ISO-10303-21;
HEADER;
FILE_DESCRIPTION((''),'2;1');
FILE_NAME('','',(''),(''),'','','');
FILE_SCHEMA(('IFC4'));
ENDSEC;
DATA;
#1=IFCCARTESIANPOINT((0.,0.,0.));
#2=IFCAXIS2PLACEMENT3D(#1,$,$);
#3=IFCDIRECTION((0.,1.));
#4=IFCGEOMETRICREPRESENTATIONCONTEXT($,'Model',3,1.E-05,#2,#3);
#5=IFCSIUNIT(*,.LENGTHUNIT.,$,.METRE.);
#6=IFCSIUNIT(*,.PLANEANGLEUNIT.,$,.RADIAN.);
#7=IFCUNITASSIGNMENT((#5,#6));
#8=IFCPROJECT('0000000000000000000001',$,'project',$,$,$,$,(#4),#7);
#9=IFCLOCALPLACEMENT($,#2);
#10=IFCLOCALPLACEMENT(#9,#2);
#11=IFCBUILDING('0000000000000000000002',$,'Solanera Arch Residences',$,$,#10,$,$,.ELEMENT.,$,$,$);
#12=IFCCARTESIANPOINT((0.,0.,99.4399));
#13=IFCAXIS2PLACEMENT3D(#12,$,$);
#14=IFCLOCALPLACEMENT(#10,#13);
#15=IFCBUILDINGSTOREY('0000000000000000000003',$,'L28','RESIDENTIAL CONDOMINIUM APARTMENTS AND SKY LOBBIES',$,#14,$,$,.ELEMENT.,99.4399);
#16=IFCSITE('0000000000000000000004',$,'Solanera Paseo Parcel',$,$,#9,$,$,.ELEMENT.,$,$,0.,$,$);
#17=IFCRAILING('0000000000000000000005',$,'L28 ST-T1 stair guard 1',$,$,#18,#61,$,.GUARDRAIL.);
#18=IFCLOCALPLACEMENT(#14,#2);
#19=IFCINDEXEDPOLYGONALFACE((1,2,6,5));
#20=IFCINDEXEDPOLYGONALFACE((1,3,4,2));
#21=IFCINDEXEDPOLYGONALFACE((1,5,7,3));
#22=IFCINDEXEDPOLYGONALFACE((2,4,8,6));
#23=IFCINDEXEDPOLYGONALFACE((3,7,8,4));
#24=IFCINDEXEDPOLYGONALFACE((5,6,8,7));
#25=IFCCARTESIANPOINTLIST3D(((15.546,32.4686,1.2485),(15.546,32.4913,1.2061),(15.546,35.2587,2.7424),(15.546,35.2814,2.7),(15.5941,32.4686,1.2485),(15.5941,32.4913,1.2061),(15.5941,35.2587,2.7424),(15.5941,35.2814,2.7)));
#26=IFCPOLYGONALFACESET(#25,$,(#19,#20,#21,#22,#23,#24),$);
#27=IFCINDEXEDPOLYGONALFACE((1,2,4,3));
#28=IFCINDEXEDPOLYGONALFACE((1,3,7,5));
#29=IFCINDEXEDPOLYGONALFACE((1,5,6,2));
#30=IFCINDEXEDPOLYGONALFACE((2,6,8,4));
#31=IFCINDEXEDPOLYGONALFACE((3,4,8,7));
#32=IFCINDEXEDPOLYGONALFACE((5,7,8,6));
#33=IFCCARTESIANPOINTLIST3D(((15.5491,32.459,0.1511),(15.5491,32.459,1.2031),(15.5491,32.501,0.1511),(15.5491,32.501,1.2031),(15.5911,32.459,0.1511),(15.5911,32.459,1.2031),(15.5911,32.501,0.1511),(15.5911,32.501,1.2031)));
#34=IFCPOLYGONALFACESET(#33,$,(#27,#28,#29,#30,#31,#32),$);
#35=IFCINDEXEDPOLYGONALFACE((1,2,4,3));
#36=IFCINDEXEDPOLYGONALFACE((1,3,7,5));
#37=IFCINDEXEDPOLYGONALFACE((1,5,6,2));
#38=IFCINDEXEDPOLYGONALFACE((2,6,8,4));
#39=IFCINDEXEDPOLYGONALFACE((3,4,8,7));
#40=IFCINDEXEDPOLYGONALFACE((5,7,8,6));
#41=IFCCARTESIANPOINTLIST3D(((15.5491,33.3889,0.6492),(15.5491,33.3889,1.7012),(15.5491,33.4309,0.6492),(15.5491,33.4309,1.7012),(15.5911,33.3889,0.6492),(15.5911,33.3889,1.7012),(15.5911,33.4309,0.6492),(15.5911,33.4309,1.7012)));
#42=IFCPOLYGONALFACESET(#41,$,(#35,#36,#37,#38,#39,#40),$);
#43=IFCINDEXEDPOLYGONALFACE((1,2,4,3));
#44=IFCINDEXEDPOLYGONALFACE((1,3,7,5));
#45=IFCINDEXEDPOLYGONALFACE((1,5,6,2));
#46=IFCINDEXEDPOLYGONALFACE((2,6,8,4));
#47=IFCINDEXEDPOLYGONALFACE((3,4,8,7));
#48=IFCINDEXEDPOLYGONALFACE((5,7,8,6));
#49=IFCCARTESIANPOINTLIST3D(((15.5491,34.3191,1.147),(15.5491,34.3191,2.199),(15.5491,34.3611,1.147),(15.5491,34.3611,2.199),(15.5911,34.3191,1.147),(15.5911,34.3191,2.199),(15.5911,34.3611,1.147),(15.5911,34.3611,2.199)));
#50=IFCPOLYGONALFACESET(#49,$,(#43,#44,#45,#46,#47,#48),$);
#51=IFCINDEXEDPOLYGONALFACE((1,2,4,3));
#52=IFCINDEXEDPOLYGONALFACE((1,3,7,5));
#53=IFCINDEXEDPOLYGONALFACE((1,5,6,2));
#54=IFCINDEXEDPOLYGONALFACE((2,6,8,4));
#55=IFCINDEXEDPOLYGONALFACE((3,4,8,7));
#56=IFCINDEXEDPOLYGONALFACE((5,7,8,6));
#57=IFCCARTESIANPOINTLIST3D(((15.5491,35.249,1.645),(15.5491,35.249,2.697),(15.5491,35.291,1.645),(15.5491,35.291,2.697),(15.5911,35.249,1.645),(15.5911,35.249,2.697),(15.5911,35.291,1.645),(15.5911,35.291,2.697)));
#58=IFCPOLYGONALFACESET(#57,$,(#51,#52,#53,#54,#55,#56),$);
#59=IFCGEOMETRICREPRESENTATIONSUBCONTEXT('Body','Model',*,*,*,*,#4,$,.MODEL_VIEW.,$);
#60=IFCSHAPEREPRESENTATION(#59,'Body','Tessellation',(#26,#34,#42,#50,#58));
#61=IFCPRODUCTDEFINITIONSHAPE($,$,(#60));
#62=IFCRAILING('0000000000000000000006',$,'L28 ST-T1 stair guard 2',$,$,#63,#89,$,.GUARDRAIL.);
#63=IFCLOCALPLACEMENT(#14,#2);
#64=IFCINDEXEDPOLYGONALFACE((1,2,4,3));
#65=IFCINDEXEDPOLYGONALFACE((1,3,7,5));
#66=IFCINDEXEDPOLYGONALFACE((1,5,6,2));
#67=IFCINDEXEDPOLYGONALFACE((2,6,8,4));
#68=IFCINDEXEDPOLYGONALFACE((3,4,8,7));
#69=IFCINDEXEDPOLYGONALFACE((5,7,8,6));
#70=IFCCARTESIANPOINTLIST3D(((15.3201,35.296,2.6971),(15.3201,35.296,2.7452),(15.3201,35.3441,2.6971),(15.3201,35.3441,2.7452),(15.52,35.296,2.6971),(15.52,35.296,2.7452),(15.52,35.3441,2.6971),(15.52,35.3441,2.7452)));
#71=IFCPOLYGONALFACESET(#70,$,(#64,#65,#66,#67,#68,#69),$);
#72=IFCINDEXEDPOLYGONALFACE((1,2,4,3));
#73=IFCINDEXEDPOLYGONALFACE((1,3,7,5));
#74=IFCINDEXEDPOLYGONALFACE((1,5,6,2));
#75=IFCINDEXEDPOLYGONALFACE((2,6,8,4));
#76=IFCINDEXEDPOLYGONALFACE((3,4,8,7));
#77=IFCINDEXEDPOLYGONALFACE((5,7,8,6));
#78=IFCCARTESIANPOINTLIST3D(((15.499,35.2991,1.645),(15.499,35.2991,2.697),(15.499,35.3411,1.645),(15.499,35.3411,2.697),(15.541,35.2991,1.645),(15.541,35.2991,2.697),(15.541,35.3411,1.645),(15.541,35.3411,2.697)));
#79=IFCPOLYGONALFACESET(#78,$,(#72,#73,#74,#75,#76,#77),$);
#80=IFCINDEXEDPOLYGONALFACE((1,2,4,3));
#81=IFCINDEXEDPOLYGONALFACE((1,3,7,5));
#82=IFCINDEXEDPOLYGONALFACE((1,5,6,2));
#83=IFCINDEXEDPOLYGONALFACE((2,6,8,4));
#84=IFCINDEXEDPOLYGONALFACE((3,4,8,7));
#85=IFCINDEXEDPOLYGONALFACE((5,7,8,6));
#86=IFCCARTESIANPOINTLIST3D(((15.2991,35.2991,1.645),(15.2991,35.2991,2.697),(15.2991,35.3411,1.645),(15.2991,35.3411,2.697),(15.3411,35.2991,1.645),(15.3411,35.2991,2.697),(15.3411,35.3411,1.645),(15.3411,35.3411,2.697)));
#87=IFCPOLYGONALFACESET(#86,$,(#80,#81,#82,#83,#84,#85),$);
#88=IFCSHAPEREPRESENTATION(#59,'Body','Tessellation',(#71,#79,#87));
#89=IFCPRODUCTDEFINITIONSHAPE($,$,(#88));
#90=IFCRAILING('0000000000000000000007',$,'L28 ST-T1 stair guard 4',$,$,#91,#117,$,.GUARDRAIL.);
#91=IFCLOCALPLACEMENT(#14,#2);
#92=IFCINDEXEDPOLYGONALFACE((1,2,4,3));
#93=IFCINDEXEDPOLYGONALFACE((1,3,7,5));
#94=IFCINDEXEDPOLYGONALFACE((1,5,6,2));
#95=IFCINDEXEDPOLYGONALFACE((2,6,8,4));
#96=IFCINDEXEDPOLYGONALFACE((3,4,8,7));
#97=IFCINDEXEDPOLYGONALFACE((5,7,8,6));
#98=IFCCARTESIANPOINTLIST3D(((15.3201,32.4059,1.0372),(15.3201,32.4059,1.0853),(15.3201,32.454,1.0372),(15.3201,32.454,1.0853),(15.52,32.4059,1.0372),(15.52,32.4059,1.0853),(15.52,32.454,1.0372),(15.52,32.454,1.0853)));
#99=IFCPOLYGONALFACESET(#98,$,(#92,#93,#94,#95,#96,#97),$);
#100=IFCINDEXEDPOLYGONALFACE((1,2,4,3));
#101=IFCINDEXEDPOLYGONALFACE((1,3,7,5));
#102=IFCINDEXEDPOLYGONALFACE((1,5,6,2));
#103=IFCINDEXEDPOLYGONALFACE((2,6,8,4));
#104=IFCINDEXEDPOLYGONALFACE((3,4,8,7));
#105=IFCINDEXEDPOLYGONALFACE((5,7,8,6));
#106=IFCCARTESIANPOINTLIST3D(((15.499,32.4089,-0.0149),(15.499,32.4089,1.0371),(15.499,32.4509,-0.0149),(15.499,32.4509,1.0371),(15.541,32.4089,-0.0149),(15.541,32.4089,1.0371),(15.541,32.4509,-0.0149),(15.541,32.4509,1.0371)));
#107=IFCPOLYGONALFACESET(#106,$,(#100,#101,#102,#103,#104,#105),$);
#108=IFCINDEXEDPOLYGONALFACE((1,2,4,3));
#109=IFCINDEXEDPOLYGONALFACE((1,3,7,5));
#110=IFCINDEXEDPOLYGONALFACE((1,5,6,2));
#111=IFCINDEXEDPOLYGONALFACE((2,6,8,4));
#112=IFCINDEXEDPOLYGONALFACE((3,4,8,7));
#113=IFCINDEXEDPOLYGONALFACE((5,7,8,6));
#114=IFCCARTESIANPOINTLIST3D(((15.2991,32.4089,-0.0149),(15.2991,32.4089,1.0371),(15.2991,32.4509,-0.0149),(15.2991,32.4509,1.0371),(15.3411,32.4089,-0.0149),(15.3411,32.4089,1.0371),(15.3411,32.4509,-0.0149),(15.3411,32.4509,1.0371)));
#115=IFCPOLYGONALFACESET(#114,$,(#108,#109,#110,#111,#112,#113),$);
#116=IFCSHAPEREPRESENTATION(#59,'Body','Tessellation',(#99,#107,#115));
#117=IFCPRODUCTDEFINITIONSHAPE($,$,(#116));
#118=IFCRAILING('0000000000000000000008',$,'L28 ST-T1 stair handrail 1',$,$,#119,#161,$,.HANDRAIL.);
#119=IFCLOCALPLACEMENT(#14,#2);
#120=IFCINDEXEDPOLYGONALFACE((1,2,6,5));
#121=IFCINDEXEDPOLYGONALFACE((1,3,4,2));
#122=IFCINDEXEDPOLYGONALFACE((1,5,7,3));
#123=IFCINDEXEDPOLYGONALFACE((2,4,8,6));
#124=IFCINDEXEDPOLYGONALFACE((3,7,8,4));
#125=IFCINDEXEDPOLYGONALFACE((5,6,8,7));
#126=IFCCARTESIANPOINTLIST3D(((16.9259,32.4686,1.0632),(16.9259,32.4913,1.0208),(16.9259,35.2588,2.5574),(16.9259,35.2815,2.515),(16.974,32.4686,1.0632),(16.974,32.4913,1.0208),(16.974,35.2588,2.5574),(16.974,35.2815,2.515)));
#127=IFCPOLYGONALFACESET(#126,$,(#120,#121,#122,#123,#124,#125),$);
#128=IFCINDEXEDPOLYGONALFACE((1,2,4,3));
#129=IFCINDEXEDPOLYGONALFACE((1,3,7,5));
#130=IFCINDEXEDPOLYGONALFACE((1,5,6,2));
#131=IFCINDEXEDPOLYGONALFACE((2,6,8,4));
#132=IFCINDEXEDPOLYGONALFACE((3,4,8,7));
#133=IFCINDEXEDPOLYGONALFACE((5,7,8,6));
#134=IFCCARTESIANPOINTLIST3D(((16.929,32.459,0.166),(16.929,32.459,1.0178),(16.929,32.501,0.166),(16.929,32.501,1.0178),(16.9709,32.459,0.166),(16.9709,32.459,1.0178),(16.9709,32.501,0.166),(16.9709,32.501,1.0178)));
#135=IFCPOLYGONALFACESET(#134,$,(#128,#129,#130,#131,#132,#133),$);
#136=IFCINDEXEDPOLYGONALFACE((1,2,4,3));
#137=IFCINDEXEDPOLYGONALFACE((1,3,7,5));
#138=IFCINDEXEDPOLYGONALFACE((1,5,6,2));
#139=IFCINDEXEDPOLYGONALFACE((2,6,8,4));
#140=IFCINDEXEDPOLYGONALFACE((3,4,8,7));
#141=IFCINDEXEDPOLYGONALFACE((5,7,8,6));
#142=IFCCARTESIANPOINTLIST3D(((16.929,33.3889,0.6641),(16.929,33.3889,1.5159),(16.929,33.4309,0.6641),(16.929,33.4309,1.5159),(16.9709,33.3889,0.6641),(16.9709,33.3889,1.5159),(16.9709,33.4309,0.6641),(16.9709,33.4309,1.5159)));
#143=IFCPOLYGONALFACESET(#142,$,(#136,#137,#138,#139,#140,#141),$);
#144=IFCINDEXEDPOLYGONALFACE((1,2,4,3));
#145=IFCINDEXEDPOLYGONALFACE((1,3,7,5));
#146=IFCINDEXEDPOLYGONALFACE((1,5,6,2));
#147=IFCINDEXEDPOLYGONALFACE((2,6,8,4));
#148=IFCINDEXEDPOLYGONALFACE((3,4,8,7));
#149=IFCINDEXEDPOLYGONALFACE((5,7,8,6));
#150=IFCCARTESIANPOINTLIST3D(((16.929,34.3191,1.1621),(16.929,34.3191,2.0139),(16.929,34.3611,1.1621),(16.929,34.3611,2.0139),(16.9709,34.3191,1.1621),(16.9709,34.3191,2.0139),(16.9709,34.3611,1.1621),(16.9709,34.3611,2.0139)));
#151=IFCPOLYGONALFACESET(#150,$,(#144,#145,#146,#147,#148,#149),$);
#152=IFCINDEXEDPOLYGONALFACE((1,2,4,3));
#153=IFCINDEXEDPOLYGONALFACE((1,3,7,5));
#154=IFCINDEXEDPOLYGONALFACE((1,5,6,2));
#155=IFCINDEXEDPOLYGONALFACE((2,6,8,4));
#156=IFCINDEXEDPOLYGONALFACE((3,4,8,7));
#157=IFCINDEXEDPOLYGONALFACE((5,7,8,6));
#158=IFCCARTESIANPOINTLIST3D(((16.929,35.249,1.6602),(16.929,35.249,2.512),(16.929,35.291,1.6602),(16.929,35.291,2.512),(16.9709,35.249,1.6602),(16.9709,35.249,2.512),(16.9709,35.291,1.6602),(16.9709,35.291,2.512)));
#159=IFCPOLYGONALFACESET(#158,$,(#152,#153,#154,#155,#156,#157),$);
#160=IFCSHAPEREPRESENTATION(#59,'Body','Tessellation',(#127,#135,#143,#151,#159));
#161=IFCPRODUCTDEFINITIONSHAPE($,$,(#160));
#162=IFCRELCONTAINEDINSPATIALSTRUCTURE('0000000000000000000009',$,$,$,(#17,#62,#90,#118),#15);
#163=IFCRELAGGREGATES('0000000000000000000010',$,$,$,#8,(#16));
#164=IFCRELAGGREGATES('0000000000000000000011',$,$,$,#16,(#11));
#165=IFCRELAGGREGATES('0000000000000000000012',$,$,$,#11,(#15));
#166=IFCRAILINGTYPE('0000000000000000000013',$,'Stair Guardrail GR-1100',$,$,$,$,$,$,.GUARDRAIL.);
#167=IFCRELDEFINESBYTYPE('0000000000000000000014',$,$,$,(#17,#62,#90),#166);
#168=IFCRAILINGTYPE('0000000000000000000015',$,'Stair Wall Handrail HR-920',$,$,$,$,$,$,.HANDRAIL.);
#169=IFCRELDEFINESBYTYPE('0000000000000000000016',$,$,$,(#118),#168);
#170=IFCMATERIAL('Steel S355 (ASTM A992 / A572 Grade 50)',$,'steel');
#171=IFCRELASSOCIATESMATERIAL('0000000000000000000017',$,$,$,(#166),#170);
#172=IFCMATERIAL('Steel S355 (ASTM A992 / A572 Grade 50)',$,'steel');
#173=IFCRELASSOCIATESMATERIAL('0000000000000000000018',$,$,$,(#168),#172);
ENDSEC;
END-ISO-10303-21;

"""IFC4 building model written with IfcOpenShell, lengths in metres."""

from ifc_helpers import new_model, si_unit, direction, frame, origin, origin_2d, place, context, subcontext, project, spatial, rectangle, extrude, material, type_object, element, save


model = new_model("IFC4")

# Units and contexts
model_context = context("Model", 3, precision=1e-05, world=origin(), true_north=direction((0.0, 1.0)))
body_context = subcontext(model_context, "Body", "Model", "MODEL_VIEW")
ifc_project = project(units=[si_unit("LENGTHUNIT", "METRE"), si_unit("PLANEANGLEUNIT", "RADIAN")], contexts=[model_context])

# Site, building, storey
site_placement = place(None, origin())
site = spatial("IfcSite", under=ifc_project, at=site_placement, Name="Solanera Paseo Parcel", CompositionType="ELEMENT", RefElevation=0.0)
building_placement = place(site_placement, origin())
building = spatial("IfcBuilding", under=site, at=building_placement, Name="Solanera Arch Residences", CompositionType="ELEMENT")
storey_placement = place(building_placement, frame((0.0, 0.0, 99.4399)))
storey = spatial("IfcBuildingStorey", under=building, at=storey_placement, Name="L28", Description="RESIDENTIAL CONDOMINIUM APARTMENTS AND SKY LOBBIES", CompositionType="ELEMENT", Elevation=99.4399)

# Railings
ifc_material_1 = material(Name="Steel S355 (ASTM A992 / A572 Grade 50)", Category="steel")
railing_type_1 = type_object("IfcRailingType", Name="Stair Guardrail GR-1100", PredefinedType="GUARDRAIL", material=ifc_material_1)
railing_1_placement = place(storey_placement, frame((15.5701, 32.48, 0.1511)))
element("IfcRailing", 1, at=railing_1_placement, inside=storey, type_object=railing_type_1, Name="L28 ST-T1 stair guard 1", PredefinedType="GUARDRAIL", context=body_context, shape_type="SweptSolid", body=[
    extrude(rectangle(XDim=0.0481, YDim=0.0481, at=origin_2d()), frame((0.0, 0.0, 1.0762), z_axis=(0.0, 0.881581, 0.472033), x_axis=(-1.0, 0.0, 0.0)), (0.0, 0.0, 1.0), 3.1648),
    extrude(rectangle(XDim=0.042, YDim=0.042, at=origin_2d()), origin(), (0.0, 0.0, 1.0), 1.052),
    extrude(rectangle(XDim=0.042, YDim=0.042, at=origin_2d()), frame((0.0, 0.9299, 0.498)), (0.0, 0.0, 1.0), 1.052),
    extrude(rectangle(XDim=0.042, YDim=0.042, at=origin_2d()), frame((0.0, 1.8601, 0.9958)), (0.0, 0.0, 1.0), 1.052),
    extrude(rectangle(XDim=0.042, YDim=0.042, at=origin_2d()), frame((0.0, 2.79, 1.4939)), (0.0, 0.0, 1.0), 1.052),
])
for number, where, name in (
    (2, (15.52, 35.3201, 1.645), "L28 ST-T1 stair guard 2"),
    (3, (15.52, 32.4299, -0.0149), "L28 ST-T1 stair guard 4"),
):
    element("IfcRailing", number, at=place(storey_placement, frame(where)), inside=storey, type_object=railing_type_1, Name=name, PredefinedType="GUARDRAIL", context=body_context, shape_type="SweptSolid", body=[
        extrude(rectangle(XDim=0.0481, YDim=0.0481, at=origin_2d()), frame((0.0, 0.0, 1.0762), z_axis=(-1.0, 0.0, 0.0), x_axis=(0.0, -1.0, 0.0)), (0.0, 0.0, 1.0), 0.2),
        extrude(rectangle(XDim=0.042, YDim=0.042, at=origin_2d()), origin(), (0.0, 0.0, 1.0), 1.052),
        extrude(rectangle(XDim=0.042, YDim=0.042, at=origin_2d()), frame((-0.2, 0.0, 0.0)), (0.0, 0.0, 1.0), 1.052),
    ])
ifc_material_2 = material(Name="Steel S355 (ASTM A992 / A572 Grade 50)", Category="steel")
railing_type_2 = type_object("IfcRailingType", Name="Stair Wall Handrail HR-920", PredefinedType="HANDRAIL", material=ifc_material_2)
railing_2_placement = place(storey_placement, frame((16.95, 32.48, 0.166)))
element("IfcRailing", 4, at=railing_2_placement, inside=storey, type_object=railing_type_2, Name="L28 ST-T1 stair handrail 1", PredefinedType="HANDRAIL", context=body_context, shape_type="SweptSolid", body=[
    extrude(rectangle(XDim=0.0481, YDim=0.0481, at=origin_2d()), frame((0.0, 0.0, 0.876), z_axis=(0.0, 0.881549, 0.472093), x_axis=(-1.0, 0.0, 0.0)), (0.0, 0.0, 1.0), 3.165),
    extrude(rectangle(XDim=0.042, YDim=0.042, at=origin_2d()), origin(), (0.0, 0.0, 1.0), 0.8518),
    extrude(rectangle(XDim=0.042, YDim=0.042, at=origin_2d()), frame((0.0, 0.9299, 0.498)), (0.0, 0.0, 1.0), 0.8518),
    extrude(rectangle(XDim=0.042, YDim=0.042, at=origin_2d()), frame((0.0, 1.8601, 0.9961)), (0.0, 0.0, 1.0), 0.8518),
    extrude(rectangle(XDim=0.042, YDim=0.042, at=origin_2d()), frame((0.0, 2.79, 1.4941)), (0.0, 0.0, 1.0), 0.8518),
])

save(model, "model.ifc")
